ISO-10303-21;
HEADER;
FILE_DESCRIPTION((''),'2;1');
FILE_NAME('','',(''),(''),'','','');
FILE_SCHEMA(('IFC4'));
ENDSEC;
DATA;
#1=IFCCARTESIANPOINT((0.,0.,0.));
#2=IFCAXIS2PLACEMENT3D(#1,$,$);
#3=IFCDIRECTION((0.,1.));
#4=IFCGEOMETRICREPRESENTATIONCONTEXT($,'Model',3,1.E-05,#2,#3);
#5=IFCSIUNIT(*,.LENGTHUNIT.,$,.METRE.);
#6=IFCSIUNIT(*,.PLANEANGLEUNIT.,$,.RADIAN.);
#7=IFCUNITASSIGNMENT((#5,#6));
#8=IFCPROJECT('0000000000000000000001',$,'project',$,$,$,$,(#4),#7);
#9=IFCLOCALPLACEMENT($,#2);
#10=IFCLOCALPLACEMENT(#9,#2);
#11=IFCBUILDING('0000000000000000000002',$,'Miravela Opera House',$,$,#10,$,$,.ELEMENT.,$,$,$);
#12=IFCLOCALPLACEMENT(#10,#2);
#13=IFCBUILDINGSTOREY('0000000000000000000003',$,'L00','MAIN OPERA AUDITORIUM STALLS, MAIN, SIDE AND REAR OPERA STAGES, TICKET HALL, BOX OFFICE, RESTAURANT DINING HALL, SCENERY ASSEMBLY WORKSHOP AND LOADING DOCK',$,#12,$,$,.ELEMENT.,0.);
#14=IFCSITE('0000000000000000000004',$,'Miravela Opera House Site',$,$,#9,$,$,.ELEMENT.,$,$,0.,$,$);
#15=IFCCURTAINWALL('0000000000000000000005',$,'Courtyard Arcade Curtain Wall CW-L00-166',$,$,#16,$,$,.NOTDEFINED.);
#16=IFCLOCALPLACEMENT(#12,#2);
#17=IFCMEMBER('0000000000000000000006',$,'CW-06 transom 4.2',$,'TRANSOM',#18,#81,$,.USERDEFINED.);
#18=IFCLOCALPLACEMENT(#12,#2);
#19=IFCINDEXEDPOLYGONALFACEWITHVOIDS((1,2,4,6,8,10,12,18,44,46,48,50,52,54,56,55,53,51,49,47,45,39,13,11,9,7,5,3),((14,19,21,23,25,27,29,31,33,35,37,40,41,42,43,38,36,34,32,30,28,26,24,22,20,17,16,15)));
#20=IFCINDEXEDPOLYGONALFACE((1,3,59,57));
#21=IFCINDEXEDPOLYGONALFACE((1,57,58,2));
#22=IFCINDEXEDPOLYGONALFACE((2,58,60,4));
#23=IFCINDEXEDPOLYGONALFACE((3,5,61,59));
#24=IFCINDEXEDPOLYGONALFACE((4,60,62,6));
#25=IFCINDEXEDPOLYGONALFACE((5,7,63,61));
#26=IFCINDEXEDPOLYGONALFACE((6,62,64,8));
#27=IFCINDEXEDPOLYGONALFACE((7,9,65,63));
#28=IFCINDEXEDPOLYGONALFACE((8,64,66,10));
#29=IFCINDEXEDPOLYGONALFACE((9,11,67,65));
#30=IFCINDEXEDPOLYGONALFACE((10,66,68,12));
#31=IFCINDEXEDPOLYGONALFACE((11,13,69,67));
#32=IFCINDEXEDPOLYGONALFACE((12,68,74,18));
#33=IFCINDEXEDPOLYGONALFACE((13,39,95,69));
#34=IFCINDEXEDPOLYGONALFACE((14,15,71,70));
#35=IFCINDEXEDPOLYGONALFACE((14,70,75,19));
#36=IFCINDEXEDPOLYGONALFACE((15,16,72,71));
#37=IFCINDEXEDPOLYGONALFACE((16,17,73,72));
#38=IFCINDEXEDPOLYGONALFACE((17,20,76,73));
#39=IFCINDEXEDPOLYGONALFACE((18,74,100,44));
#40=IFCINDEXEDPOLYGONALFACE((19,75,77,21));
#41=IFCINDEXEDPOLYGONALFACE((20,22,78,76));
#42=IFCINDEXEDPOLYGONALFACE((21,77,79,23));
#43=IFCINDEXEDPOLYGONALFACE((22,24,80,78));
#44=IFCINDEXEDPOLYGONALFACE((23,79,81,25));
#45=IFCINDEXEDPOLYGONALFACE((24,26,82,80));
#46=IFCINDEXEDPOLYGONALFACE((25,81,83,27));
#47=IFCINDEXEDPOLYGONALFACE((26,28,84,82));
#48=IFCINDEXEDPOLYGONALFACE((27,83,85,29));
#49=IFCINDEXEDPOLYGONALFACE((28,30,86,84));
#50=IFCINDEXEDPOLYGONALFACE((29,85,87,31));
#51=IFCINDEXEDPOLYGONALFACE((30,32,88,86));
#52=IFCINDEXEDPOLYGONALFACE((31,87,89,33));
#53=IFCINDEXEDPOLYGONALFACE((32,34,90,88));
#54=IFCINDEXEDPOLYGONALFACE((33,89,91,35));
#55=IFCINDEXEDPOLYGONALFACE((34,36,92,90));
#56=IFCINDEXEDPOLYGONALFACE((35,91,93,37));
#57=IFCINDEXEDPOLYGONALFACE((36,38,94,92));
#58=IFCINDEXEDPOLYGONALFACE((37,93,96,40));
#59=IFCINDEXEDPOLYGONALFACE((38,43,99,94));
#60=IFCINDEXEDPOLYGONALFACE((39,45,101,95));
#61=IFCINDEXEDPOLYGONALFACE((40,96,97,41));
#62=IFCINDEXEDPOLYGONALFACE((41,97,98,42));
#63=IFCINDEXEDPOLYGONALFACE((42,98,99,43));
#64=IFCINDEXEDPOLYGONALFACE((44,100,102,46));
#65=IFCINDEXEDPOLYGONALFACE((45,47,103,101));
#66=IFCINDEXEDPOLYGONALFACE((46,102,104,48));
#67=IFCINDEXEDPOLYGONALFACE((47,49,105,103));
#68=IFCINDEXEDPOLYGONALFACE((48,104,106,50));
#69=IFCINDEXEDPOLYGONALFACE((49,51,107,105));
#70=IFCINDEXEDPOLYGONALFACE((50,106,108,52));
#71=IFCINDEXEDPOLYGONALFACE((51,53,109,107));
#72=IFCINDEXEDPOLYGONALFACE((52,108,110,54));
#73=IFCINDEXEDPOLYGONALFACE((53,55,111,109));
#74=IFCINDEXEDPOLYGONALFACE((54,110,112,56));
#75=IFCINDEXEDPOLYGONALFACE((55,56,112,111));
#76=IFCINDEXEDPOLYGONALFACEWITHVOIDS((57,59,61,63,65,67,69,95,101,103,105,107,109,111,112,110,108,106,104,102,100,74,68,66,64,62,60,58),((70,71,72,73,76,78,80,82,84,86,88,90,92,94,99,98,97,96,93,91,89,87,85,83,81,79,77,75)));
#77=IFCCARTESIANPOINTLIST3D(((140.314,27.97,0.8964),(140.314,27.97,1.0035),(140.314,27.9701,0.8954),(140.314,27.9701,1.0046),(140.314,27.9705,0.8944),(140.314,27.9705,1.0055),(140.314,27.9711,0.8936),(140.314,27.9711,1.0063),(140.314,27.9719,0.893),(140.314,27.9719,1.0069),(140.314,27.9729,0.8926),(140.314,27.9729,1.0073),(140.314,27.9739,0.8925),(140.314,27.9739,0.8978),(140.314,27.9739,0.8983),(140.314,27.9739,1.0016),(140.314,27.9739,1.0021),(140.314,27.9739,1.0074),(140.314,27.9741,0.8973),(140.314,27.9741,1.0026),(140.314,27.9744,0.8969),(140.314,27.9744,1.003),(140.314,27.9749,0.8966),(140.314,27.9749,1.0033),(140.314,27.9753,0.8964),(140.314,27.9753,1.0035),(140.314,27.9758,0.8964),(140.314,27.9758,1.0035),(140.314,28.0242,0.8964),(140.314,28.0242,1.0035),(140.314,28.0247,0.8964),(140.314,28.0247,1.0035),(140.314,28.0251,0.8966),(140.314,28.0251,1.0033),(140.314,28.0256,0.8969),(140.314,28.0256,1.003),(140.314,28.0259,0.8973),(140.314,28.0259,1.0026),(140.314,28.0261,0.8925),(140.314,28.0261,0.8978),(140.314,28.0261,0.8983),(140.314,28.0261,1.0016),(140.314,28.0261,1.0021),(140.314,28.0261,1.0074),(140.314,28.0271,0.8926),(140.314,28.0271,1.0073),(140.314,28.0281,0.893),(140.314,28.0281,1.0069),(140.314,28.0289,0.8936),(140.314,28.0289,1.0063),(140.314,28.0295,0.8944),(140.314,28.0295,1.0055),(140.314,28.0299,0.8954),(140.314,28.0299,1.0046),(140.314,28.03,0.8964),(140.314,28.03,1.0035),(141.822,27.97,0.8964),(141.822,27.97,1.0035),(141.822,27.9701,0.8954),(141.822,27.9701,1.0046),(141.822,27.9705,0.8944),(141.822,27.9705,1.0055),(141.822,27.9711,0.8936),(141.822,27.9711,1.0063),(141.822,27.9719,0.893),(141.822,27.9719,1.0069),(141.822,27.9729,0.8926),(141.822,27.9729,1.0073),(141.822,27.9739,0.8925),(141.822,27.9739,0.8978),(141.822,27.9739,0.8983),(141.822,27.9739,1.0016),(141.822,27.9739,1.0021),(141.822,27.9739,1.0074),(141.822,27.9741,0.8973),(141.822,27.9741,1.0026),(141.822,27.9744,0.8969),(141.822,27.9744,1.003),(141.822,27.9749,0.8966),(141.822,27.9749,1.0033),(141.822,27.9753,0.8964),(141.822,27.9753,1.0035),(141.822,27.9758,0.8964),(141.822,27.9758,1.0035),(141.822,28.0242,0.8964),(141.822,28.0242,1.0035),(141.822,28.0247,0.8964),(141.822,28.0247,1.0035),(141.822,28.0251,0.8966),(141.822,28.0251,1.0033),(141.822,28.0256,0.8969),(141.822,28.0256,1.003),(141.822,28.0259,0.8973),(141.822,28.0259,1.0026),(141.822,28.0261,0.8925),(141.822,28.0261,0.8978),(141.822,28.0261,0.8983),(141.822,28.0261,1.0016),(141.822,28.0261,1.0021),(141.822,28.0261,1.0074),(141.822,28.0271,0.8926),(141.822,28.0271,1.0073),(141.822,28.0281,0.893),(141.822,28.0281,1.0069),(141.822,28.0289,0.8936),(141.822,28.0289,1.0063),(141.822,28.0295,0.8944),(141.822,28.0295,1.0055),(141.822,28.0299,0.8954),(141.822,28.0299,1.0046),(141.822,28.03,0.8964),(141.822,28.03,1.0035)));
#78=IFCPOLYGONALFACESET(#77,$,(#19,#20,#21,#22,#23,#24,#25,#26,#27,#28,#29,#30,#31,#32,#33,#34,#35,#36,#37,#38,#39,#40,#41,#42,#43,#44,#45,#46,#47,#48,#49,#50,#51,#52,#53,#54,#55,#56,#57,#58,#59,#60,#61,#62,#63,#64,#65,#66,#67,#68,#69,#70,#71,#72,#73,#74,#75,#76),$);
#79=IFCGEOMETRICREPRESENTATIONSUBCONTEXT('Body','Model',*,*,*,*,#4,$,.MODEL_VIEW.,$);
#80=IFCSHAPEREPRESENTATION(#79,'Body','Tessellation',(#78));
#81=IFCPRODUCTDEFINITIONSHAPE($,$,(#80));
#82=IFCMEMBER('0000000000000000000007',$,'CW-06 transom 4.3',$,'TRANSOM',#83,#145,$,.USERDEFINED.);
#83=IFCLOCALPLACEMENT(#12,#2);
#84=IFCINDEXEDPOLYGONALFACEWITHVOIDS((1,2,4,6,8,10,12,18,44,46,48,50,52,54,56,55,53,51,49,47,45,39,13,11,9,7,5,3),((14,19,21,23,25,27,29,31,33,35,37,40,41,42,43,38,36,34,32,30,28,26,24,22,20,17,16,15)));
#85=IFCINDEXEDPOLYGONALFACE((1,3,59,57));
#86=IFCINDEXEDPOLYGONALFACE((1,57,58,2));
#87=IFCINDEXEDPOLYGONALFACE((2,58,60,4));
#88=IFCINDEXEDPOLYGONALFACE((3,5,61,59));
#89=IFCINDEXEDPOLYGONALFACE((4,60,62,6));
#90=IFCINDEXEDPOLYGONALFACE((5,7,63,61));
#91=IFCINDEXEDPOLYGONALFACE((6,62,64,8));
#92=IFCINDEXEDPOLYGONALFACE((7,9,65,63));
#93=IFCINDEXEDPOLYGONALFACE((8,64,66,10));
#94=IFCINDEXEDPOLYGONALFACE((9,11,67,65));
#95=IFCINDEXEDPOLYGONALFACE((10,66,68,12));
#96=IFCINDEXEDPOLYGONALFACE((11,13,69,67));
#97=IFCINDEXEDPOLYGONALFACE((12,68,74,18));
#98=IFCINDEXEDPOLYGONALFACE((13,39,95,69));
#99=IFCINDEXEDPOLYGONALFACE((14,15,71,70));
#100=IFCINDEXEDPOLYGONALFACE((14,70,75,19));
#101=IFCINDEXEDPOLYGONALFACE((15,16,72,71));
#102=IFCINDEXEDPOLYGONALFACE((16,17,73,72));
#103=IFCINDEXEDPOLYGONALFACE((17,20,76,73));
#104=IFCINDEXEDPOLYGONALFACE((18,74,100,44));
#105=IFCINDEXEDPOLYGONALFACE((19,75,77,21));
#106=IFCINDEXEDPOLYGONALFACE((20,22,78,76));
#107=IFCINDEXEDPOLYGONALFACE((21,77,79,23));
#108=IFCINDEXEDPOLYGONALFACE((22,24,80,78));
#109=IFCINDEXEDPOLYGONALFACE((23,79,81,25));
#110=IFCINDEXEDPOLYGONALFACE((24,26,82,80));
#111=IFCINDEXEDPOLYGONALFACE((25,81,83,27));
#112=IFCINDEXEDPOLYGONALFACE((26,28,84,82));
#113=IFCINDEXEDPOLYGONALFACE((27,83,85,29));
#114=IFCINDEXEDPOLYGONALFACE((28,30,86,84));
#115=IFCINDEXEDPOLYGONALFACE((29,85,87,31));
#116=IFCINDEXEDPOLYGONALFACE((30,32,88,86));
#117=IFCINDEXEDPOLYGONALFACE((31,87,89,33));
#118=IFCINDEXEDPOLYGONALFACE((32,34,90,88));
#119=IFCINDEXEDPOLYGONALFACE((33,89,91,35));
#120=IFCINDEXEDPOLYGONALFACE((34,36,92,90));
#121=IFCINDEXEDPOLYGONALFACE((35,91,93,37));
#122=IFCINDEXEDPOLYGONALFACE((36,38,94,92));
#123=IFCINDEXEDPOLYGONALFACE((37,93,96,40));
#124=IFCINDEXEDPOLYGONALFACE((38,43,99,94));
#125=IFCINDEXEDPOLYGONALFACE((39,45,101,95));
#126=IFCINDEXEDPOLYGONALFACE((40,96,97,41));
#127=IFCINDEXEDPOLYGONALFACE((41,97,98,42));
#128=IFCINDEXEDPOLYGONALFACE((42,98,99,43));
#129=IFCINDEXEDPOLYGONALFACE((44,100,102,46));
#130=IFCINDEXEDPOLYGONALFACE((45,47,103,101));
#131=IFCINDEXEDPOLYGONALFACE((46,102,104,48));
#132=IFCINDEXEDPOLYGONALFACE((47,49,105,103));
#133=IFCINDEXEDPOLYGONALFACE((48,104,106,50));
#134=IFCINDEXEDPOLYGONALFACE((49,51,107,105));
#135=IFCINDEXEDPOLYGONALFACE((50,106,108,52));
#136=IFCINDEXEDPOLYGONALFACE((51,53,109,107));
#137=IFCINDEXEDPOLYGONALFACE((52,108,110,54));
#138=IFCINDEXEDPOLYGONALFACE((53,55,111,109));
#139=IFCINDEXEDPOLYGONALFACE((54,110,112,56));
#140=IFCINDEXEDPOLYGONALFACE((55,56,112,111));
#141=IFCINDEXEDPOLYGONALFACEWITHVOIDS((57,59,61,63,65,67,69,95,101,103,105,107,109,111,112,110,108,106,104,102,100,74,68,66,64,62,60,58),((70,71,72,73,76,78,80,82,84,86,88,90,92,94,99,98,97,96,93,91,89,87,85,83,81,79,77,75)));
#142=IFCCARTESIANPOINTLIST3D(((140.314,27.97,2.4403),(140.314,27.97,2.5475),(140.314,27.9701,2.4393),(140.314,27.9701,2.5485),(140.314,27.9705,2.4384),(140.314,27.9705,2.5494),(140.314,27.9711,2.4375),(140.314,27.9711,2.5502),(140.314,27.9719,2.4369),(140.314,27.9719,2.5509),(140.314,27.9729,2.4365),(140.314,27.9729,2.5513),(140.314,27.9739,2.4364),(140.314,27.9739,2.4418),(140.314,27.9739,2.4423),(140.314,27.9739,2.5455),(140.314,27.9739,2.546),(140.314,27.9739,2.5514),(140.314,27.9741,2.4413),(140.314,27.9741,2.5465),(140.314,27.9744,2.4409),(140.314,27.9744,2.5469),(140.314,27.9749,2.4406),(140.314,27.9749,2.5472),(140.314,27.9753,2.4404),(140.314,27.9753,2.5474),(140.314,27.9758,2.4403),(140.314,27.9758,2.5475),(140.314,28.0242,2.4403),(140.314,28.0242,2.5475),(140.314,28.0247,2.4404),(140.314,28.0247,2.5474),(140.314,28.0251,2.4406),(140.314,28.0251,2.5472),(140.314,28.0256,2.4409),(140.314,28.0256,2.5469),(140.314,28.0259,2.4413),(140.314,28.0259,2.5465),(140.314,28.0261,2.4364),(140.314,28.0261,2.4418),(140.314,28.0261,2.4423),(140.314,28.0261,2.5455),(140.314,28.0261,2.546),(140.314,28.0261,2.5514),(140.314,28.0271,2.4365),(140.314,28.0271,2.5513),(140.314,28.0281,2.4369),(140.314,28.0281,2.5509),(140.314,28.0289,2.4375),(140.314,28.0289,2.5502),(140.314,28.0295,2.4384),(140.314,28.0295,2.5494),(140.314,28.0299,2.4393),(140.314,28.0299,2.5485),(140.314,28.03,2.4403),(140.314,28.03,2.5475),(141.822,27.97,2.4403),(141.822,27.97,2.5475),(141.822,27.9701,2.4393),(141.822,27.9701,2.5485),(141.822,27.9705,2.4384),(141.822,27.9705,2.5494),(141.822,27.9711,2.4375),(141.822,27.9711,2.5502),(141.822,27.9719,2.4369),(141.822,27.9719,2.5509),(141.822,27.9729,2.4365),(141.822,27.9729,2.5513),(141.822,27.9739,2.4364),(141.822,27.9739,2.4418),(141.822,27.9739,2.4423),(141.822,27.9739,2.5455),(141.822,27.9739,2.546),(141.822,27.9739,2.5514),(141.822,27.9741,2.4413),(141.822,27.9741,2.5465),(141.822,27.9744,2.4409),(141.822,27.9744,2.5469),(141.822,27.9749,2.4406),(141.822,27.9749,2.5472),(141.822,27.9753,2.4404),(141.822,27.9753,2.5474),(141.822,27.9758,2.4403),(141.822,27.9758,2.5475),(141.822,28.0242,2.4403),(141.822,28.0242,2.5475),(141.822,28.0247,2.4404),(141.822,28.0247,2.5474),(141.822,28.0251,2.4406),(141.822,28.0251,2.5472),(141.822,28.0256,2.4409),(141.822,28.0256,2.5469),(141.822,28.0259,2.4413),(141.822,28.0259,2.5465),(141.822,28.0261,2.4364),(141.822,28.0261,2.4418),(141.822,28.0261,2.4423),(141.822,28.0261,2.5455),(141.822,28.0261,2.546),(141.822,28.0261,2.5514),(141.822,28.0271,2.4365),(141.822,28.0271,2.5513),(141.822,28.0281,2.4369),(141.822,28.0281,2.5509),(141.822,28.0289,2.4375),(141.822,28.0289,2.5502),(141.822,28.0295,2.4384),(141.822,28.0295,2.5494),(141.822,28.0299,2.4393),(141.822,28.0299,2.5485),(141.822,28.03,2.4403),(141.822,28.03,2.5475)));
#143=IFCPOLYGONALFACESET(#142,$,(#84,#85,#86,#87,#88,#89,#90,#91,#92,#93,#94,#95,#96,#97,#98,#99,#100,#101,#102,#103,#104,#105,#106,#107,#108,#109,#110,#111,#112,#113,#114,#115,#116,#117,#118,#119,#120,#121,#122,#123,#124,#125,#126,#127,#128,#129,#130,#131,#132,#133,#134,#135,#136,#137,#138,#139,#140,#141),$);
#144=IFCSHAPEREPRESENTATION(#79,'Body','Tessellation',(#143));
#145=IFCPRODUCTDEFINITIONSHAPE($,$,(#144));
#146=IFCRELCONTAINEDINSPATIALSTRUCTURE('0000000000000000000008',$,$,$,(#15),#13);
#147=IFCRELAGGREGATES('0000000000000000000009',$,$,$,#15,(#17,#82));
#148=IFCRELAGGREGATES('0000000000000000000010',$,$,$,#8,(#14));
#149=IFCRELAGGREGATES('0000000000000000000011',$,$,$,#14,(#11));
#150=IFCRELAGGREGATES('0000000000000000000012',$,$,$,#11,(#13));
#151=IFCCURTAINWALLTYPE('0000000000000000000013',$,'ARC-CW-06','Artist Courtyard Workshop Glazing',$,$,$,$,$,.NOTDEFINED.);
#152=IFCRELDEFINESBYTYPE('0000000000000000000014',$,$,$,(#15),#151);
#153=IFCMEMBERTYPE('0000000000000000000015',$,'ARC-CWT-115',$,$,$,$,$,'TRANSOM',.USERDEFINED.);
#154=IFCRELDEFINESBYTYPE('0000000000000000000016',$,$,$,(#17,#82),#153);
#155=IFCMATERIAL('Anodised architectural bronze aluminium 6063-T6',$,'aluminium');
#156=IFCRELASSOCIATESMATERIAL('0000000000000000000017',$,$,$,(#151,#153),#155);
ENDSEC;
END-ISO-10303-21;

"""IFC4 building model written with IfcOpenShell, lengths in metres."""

from ifc_helpers import new_model, si_unit, direction, frame, origin, origin_2d, place, context, subcontext, project, spatial, hollow_rectangle, extrude, material, material_profile, profile_set, type_object, element, aggregate, save


model = new_model("IFC4")

# Units and contexts
model_context = context("Model", 3, precision=1e-05, world=origin(), true_north=direction((0.0, 1.0)))
body_context = subcontext(model_context, "Body", "Model", "MODEL_VIEW")
ifc_project = project(units=[si_unit("LENGTHUNIT", "METRE"), si_unit("PLANEANGLEUNIT", "RADIAN")], contexts=[model_context])

# Site, building, storey
site_placement = place(None, origin())
site = spatial("IfcSite", under=ifc_project, at=site_placement, Name="Miravela Opera House Site", CompositionType="ELEMENT", RefElevation=0.0)
building_placement = place(site_placement, origin())
building = spatial("IfcBuilding", under=site, at=building_placement, Name="Miravela Opera House", CompositionType="ELEMENT")
storey_placement = place(building_placement, origin())
storey = spatial("IfcBuildingStorey", under=building, at=storey_placement, Name="L00", Description="MAIN OPERA AUDITORIUM STALLS, MAIN, SIDE AND REAR OPERA STAGES, TICKET HALL, BOX OFFICE, RESTAURANT DINING HALL, SCENERY ASSEMBLY WORKSHOP AND LOADING DOCK", CompositionType="ELEMENT", Elevation=0.0)

# Curtain wall, members
ifc_material_1 = material(Name="Anodised architectural bronze aluminium 6063-T6", Category="aluminium")
curtain_wall_type = type_object("IfcCurtainWallType", Name="ARC-CW-06", Description="Artist Courtyard Workshop Glazing", PredefinedType="NOTDEFINED", material=ifc_material_1)
curtain_wall_placement = place(storey_placement, origin())
curtain_wall = element("IfcCurtainWall", 1, at=curtain_wall_placement, inside=storey, type_object=curtain_wall_type, Name="Courtyard Arcade Curtain Wall CW-L00-166", PredefinedType="NOTDEFINED")
ifc_material_profile_1 = material_profile(ifc_material_1, hollow_rectangle(XDim=0.0601, YDim=0.115, WallThickness=0.0039, InnerFilletRadius=0.002, OuterFilletRadius=0.0039, at=origin_2d()), Name="CWT-60X115")
ifc_profile_set_1 = profile_set([ifc_material_profile_1])
member_type_1 = type_object("IfcMemberType", Name="ARC-CWT-115", ElementType="TRANSOM", PredefinedType="USERDEFINED", material=ifc_profile_set_1)
member_1_placement = place(storey_placement, frame((140.314, 28.0, 0.95), z_axis=(1.0, 0.0, 0.0), x_axis=(0.0, 1.0, 0.0)))
member_1 = element("IfcMember", 2, at=member_1_placement, type_object=member_type_1, Name="CW-06 transom 4.2", ObjectType="TRANSOM", PredefinedType="USERDEFINED", context=body_context, shape_type="SweptSolid", body=[
    extrude(hollow_rectangle(XDim=0.0601, YDim=0.115, WallThickness=0.0039, InnerFilletRadius=0.002, OuterFilletRadius=0.0039, at=origin_2d()), origin(), (0.0, 0.0, 1.0), 1.5081),
])
member_2_placement = place(storey_placement, frame((140.314, 28.0, 2.4939), z_axis=(1.0, 0.0, 0.0), x_axis=(0.0, 1.0, 0.0)))
member_2 = element("IfcMember", 3, at=member_2_placement, type_object=member_type_1, Name="CW-06 transom 4.3", ObjectType="TRANSOM", PredefinedType="USERDEFINED", context=body_context, shape_type="SweptSolid", body=[
    extrude(hollow_rectangle(XDim=0.0601, YDim=0.115, WallThickness=0.0039, InnerFilletRadius=0.002, OuterFilletRadius=0.0039, at=origin_2d()), origin(), (0.0, 0.0, 1.0), 1.5081),
])
aggregate(curtain_wall, [member_1, member_2])

save(model, "model.ifc")
